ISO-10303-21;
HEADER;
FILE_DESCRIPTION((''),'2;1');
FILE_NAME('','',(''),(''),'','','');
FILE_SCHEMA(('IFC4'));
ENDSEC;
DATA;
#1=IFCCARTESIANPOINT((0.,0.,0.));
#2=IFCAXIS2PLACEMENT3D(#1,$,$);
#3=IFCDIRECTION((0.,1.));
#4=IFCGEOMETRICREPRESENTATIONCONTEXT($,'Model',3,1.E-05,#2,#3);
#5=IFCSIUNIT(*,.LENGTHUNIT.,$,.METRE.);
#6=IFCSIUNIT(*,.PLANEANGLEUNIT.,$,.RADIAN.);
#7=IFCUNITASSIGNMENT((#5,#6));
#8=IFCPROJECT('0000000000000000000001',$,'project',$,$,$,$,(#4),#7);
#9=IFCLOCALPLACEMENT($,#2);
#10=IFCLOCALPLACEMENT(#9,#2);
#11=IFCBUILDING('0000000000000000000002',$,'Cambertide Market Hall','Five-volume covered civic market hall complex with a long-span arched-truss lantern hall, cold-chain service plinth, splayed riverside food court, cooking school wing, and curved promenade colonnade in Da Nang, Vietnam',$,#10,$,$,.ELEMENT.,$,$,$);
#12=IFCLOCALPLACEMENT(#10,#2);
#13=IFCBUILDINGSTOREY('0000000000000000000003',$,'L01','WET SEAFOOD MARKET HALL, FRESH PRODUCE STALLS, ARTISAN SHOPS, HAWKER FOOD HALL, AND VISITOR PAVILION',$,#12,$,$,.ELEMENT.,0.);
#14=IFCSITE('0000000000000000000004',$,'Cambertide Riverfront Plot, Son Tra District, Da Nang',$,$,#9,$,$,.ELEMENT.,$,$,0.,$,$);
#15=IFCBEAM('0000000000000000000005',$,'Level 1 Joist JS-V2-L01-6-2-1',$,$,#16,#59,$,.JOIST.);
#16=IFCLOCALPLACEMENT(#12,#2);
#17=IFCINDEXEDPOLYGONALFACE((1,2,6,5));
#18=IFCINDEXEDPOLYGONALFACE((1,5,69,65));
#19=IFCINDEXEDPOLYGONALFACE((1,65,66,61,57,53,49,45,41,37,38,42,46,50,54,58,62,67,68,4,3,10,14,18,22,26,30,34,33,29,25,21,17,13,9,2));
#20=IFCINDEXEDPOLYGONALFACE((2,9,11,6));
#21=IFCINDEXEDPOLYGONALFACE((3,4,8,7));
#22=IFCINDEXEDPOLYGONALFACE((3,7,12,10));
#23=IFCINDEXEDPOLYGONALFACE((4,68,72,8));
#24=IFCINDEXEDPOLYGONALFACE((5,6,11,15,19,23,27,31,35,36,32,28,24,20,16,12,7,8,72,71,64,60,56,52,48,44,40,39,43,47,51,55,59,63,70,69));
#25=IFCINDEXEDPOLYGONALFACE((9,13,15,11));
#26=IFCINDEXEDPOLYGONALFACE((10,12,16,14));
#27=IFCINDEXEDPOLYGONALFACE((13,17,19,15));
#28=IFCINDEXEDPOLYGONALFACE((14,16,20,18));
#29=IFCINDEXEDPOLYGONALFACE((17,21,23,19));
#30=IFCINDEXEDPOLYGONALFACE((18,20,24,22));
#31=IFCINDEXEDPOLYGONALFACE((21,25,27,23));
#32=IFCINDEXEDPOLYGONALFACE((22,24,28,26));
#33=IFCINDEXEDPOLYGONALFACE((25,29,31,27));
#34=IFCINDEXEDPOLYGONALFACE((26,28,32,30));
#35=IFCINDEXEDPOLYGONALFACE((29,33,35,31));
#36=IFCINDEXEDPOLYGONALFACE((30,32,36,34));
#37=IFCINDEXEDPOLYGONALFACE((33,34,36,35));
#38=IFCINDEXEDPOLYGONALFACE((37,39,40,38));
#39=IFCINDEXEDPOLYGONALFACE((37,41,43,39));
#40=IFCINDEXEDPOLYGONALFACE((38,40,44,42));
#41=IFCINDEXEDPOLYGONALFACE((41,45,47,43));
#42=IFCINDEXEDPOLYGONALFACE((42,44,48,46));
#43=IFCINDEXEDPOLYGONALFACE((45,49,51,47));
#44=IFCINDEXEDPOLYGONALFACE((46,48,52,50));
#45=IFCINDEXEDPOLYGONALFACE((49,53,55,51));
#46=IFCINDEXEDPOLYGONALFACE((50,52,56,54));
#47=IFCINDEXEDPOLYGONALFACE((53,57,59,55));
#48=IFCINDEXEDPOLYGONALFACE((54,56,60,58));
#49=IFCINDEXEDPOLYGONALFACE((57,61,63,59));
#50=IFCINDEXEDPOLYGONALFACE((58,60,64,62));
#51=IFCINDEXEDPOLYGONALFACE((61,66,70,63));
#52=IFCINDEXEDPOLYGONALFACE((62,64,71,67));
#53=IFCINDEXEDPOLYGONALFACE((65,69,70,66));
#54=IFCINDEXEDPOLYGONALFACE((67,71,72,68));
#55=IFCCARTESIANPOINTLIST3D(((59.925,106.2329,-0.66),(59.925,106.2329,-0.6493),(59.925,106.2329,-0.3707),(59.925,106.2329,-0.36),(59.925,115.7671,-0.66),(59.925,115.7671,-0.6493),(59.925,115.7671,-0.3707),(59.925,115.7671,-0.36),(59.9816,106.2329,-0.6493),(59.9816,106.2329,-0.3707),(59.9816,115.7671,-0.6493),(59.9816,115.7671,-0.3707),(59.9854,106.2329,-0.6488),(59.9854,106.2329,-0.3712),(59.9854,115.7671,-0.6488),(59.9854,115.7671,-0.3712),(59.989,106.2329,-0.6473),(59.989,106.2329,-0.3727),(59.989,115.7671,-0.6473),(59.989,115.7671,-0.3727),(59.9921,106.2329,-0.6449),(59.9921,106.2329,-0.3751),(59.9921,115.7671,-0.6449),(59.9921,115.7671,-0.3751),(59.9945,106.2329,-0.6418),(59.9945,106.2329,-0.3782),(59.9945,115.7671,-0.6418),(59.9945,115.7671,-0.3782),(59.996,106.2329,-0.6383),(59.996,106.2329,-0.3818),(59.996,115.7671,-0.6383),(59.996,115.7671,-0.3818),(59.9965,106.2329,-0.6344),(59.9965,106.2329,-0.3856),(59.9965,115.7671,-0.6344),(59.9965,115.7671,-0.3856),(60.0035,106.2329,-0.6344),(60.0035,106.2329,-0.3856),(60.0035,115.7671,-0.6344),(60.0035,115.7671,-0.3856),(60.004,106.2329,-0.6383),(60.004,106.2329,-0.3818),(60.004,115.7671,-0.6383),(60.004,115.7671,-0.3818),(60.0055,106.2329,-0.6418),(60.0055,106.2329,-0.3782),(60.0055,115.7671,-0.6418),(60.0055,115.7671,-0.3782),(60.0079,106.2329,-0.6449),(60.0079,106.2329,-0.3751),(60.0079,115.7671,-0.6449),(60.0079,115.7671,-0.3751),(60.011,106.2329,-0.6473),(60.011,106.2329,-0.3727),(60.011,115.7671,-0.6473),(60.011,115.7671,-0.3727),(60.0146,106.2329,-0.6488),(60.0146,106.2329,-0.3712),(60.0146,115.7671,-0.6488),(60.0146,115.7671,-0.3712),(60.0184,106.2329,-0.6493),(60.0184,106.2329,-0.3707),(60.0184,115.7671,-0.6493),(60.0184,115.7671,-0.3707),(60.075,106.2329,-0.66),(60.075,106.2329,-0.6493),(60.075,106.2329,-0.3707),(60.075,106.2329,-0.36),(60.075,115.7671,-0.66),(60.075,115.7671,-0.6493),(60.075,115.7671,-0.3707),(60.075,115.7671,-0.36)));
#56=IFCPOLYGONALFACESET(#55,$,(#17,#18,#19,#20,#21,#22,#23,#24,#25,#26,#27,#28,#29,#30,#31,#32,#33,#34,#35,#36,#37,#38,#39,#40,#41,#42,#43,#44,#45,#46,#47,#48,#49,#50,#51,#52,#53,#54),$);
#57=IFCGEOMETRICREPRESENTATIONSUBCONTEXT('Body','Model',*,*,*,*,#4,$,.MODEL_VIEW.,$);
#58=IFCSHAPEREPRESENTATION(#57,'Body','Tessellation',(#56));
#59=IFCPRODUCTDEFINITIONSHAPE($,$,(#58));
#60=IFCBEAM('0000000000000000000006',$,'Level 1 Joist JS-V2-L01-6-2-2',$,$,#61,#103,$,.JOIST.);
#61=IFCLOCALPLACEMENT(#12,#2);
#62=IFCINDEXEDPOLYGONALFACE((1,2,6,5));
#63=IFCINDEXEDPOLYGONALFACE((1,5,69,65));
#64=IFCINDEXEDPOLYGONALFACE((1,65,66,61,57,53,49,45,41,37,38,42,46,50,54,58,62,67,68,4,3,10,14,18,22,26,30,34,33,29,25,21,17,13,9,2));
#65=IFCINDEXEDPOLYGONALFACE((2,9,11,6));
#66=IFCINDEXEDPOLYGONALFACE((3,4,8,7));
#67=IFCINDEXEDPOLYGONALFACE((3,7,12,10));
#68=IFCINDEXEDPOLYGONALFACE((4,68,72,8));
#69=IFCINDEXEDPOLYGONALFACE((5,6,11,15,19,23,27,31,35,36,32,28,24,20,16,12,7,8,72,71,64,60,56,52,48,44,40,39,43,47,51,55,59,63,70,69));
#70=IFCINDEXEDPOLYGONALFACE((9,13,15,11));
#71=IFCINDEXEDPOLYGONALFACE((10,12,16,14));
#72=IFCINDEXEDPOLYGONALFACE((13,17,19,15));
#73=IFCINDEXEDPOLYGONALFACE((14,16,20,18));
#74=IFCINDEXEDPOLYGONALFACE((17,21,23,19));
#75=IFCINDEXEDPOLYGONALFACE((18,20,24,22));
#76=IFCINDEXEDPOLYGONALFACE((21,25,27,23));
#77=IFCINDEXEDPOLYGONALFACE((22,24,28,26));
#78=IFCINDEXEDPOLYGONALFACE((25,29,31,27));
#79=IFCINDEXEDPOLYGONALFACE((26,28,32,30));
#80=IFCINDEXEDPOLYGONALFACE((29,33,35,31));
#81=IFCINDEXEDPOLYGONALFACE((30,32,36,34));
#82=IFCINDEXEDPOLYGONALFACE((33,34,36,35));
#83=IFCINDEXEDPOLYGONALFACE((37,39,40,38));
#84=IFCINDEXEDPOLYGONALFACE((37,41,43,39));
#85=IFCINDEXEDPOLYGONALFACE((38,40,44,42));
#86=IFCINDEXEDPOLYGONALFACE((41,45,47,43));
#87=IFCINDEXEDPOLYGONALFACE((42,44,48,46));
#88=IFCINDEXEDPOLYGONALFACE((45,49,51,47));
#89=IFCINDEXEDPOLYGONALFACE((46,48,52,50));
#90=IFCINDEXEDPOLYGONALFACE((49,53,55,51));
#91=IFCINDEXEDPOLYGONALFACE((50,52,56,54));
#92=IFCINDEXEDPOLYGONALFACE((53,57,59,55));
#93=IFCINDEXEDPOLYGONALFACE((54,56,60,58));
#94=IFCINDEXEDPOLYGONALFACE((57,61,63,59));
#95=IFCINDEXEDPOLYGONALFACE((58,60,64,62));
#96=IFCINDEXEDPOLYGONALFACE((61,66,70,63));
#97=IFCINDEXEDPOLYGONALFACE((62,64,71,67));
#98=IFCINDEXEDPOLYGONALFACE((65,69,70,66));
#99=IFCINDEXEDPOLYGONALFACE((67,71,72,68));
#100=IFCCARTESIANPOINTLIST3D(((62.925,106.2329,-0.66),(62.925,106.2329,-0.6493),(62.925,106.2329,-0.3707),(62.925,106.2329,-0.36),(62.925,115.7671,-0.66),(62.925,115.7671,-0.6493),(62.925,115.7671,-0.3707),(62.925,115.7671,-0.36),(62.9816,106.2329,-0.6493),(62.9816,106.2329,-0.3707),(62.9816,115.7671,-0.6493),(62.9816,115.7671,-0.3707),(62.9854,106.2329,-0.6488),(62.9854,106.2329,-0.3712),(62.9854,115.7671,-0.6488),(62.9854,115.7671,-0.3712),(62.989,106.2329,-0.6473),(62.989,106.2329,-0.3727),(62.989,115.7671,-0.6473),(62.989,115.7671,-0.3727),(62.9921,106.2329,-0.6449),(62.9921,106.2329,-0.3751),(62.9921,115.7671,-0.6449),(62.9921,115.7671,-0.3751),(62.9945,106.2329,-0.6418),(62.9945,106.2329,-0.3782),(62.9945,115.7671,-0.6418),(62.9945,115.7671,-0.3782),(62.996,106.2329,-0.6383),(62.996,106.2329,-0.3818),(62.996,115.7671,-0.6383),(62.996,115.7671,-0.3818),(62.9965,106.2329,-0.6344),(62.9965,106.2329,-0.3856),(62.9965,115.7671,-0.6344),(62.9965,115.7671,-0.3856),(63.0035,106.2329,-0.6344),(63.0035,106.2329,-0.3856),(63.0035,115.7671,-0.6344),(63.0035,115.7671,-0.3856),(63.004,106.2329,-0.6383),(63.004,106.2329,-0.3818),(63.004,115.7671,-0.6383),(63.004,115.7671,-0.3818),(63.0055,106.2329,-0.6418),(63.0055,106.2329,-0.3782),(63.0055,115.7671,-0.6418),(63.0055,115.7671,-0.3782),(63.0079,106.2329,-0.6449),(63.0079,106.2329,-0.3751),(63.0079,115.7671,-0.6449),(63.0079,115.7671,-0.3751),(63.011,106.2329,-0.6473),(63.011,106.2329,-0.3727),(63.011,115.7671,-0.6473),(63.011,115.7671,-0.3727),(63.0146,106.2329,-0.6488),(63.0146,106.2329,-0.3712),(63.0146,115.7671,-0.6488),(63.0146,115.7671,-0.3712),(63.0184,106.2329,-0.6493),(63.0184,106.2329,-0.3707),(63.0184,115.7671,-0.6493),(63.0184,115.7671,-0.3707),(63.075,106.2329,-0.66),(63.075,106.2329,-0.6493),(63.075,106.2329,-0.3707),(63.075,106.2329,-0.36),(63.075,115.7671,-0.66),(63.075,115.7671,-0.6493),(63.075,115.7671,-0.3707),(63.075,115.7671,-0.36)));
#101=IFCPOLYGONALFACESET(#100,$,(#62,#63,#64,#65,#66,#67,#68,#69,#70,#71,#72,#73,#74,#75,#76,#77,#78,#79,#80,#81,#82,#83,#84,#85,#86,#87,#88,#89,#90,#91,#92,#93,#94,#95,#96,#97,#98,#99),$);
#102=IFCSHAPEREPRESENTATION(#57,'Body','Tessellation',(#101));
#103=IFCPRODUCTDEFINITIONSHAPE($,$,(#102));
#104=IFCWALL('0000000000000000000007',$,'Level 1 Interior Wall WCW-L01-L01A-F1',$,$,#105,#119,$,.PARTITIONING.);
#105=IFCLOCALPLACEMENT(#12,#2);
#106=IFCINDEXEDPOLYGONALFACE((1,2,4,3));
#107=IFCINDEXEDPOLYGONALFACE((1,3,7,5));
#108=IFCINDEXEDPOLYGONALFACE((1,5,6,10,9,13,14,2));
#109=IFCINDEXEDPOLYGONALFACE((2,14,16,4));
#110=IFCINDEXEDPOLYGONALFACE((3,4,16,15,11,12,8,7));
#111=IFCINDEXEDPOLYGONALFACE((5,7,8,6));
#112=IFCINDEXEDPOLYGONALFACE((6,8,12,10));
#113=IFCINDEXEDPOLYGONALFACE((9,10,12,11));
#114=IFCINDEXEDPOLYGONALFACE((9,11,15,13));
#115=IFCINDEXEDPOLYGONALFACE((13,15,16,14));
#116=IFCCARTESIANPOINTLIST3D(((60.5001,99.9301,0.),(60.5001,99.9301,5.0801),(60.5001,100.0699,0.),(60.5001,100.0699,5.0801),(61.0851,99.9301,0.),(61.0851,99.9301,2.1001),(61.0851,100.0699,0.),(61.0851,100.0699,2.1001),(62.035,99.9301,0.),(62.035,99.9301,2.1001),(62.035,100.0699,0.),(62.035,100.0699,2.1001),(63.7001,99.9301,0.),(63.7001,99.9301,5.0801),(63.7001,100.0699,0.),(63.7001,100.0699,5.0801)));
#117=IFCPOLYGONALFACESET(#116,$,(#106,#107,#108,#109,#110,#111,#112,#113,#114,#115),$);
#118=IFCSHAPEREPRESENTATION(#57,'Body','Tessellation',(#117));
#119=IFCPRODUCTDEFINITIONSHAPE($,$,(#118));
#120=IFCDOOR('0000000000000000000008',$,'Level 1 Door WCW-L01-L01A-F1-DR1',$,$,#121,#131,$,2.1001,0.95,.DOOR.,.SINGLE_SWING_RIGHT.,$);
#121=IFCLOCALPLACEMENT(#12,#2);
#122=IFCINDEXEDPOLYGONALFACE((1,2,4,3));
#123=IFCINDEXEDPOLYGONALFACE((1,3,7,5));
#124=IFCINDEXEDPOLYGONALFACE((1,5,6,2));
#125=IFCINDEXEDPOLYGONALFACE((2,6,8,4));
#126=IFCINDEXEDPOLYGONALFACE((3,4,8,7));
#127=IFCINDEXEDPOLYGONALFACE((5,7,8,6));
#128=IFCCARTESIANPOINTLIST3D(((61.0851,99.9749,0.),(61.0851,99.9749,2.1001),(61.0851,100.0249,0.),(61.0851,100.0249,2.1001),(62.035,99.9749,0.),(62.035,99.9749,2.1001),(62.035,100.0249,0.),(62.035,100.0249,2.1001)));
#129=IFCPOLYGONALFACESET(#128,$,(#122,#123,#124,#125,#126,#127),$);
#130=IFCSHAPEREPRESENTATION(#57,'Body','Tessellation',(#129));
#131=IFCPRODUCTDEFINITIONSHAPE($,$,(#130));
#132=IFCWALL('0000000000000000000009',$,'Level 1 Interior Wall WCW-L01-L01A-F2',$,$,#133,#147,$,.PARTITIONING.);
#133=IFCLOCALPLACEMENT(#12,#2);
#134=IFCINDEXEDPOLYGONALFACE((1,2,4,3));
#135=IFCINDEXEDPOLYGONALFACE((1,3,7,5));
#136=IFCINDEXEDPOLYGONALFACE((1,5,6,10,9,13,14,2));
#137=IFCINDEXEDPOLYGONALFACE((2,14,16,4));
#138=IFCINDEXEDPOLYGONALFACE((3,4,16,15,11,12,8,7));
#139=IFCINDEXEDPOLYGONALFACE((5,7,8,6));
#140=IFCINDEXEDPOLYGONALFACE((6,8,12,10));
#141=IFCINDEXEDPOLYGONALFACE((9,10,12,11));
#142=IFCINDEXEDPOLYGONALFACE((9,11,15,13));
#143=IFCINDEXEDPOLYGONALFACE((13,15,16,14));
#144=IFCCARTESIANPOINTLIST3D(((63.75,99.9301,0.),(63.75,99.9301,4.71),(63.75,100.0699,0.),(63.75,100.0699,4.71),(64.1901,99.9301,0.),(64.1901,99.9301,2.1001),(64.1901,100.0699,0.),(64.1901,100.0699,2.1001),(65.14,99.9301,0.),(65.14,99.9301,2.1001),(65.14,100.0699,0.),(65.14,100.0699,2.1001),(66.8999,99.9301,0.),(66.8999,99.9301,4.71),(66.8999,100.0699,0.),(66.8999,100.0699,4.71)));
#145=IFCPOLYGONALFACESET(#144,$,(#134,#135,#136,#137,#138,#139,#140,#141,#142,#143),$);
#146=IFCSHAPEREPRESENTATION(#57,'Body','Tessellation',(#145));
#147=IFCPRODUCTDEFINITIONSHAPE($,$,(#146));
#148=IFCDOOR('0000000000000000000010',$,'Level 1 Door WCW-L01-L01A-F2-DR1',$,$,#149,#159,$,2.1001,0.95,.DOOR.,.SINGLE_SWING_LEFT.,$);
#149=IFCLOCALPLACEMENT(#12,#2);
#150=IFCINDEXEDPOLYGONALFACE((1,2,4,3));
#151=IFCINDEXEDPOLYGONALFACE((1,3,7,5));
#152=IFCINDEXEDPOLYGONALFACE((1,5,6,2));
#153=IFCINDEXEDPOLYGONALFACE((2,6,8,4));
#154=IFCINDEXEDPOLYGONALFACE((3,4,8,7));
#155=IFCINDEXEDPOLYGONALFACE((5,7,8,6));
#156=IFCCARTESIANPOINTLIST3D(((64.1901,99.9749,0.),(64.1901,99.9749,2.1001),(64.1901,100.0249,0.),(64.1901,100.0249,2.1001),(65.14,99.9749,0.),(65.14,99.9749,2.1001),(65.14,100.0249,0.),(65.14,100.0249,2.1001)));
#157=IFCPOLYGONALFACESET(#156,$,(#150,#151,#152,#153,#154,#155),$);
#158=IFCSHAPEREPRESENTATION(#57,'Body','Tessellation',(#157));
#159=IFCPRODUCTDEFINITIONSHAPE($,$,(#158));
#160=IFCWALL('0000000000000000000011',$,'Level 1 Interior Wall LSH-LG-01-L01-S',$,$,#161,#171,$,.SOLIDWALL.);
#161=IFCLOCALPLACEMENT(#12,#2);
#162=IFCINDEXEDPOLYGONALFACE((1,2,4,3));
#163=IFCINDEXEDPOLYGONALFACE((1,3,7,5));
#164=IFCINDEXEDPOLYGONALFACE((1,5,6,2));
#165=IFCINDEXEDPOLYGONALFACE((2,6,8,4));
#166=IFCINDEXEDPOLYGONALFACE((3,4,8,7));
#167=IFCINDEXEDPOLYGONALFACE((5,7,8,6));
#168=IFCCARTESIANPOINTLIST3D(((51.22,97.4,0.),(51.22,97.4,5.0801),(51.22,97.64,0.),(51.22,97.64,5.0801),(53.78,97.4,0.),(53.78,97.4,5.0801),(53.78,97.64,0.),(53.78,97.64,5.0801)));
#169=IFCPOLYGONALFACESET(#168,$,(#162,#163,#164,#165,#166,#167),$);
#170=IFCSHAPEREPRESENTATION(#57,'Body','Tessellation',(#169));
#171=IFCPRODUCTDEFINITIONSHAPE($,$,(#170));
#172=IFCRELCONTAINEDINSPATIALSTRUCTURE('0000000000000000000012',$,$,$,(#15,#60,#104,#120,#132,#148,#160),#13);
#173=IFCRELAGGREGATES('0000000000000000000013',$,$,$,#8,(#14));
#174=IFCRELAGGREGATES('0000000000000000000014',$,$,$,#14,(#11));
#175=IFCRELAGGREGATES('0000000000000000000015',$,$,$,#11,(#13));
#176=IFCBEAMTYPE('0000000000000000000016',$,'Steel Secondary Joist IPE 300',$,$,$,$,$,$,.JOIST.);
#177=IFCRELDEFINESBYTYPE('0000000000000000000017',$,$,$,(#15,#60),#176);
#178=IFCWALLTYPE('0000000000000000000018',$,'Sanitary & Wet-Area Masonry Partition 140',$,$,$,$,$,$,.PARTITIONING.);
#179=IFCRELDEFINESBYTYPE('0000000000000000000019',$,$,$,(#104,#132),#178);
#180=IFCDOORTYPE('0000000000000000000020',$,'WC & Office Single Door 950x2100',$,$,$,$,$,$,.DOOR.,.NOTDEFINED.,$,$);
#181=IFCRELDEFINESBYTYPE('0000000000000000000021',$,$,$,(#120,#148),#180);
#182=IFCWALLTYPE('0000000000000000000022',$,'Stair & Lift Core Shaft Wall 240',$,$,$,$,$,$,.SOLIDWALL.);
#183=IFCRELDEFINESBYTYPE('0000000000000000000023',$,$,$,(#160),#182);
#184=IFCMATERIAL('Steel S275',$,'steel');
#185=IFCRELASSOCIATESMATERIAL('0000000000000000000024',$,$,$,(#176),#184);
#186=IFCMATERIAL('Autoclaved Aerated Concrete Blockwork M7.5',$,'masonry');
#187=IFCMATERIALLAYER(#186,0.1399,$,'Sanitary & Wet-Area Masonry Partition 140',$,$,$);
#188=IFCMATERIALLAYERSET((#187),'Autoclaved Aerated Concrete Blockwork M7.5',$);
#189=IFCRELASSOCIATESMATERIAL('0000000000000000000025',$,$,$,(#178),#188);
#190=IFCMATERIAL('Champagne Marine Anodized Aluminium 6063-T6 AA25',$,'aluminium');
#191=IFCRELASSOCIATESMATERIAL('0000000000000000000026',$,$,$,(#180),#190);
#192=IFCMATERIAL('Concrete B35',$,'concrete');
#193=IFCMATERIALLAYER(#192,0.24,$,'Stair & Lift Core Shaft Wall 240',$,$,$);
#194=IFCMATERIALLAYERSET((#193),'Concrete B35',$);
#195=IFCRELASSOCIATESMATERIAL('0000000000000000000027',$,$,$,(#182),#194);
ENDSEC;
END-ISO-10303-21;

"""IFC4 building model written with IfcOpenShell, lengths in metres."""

from ifc_helpers import new_model, si_unit, direction, frame, frame_2d, origin, origin_2d, place, context, subcontext, project, spatial, rectangle, i_section, extrude, material, layer, layer_set, material_profile, profile_set, type_object, element, fill, save


model = new_model("IFC4")

# Units and contexts
model_context = context("Model", 3, precision=1e-05, world=origin(), true_north=direction((0.0, 1.0)))
body_context = subcontext(model_context, "Body", "Model", "MODEL_VIEW")
ifc_project = project(units=[si_unit("LENGTHUNIT", "METRE"), si_unit("PLANEANGLEUNIT", "RADIAN")], contexts=[model_context])

# Site, building, storey
site_placement = place(None, origin())
site = spatial("IfcSite", under=ifc_project, at=site_placement, Name="Cambertide Riverfront Plot, Son Tra District, Da Nang", CompositionType="ELEMENT", RefElevation=0.0)
building_placement = place(site_placement, origin())
building = spatial("IfcBuilding", under=site, at=building_placement, Name="Cambertide Market Hall", Description="Five-volume covered civic market hall complex with a long-span arched-truss lantern hall, cold-chain service plinth, splayed riverside food court, cooking school wing, and curved promenade colonnade in Da Nang, Vietnam", CompositionType="ELEMENT")
storey_placement = place(building_placement, origin())
storey = spatial("IfcBuildingStorey", under=building, at=storey_placement, Name="L01", Description="WET SEAFOOD MARKET HALL, FRESH PRODUCE STALLS, ARTISAN SHOPS, HAWKER FOOD HALL, AND VISITOR PAVILION", CompositionType="ELEMENT", Elevation=0.0)

# Beams
ifc_material_1 = material(Name="Steel S275", Category="steel")
ifc_material_profile_1 = material_profile(ifc_material_1, i_section(OverallWidth=0.1499, OverallDepth=0.3, WebThickness=0.0071, FlangeThickness=0.0107, FilletRadius=0.0149, at=origin_2d()), Name="IPE 300")
ifc_profile_set_1 = profile_set([ifc_material_profile_1], Name="Steel S275")
beam_type_1 = type_object("IfcBeamType", Name="Steel Secondary Joist IPE 300", PredefinedType="JOIST", material=ifc_profile_set_1)
for number, where, z_axis, x_axis, name in (
    (1, (60.0, 106.2329, -0.51), (0.0, 1.0, 0.0), (-1.0, 0.0, 0.0), "Level 1 Joist JS-V2-L01-6-2-1"),
    (2, (63.0, 106.2329, -0.51), (0.0, 1.0, 0.0), (-1.0, 0.0, 0.0), "Level 1 Joist JS-V2-L01-6-2-2"),
):
    element("IfcBeam", number, at=place(storey_placement, frame(where, z_axis=z_axis, x_axis=x_axis)), inside=storey, type_object=beam_type_1, Name=name, PredefinedType="JOIST", context=body_context, shape_type="SweptSolid", body=[
        extrude(i_section(OverallWidth=0.1499, OverallDepth=0.3, WebThickness=0.0071, FlangeThickness=0.0107, FilletRadius=0.0149, at=origin_2d()), origin(), (0.0, 0.0, 1.0), 9.5342),
    ])

# Walls, openings, doors
ifc_material_2 = material(Name="Autoclaved Aerated Concrete Blockwork M7.5", Category="masonry")
ifc_layer_1 = layer(ifc_material_2, 0.1399, Name="Sanitary & Wet-Area Masonry Partition 140")
ifc_layer_set_1 = layer_set([ifc_layer_1], Name="Autoclaved Aerated Concrete Blockwork M7.5")
wall_type_1 = type_object("IfcWallType", Name="Sanitary & Wet-Area Masonry Partition 140", PredefinedType="PARTITIONING", material=ifc_layer_set_1)
wall_1_placement = place(storey_placement, frame((60.5, 100.0, 0.0), z_axis=(0.0, 0.0, 1.0), x_axis=(1.0, 0.0, 0.0)))
wall_1 = element("IfcWall", 3, at=wall_1_placement, inside=storey, type_object=wall_type_1, Name="Level 1 Interior Wall WCW-L01-L01A-F1", PredefinedType="PARTITIONING", context=body_context, shape_type="SweptSolid", body=[
    extrude(rectangle(XDim=3.2, YDim=0.1399, at=frame_2d((1.6001, 0.0))), origin(), (0.0, 0.0, 1.0), 5.0801),
])
opening_1_placement = place(wall_1_placement, frame((0.585, 0.0, 0.0)))
opening_1 = element("IfcOpeningElement", 4, at=opening_1_placement, cuts=wall_1, PredefinedType="OPENING", context=body_context, shape_type="SweptSolid", body=[
    extrude(rectangle(XDim=0.95, YDim=2.1001, at=frame_2d((0.4751, 1.05))), frame((0.0, 0.0798, 0.0), z_axis=(0.0, -1.0, 0.0), x_axis=(1.0, 0.0, 0.0)), (0.0, 0.0, 1.0), 0.1599),
])
ifc_material_3 = material(Name="Champagne Marine Anodized Aluminium 6063-T6 AA25", Category="aluminium")
door_type_1 = type_object("IfcDoorType", Name="WC & Office Single Door 950x2100", OperationType="NOTDEFINED", PredefinedType="DOOR", material=ifc_material_3)
door_1_placement = place(opening_1_placement, origin())
door_1 = element("IfcDoor", 5, at=door_1_placement, inside=storey, type_object=door_type_1, Name="Level 1 Door WCW-L01-L01A-F1-DR1", OperationType="SINGLE_SWING_RIGHT", OverallHeight=2.1001, OverallWidth=0.95, PredefinedType="DOOR", context=body_context, shape_type="SweptSolid", body=[
    extrude(rectangle(XDim=0.95, YDim=2.1001, at=frame_2d((0.4751, 1.05))), frame((0.0, 0.0249, 0.0), z_axis=(0.0, -1.0, 0.0), x_axis=(1.0, 0.0, 0.0)), (0.0, 0.0, 1.0), 0.05),
])
fill(opening_1, door_1)
wall_2_placement = place(storey_placement, frame((63.75, 100.0, 0.0), z_axis=(0.0, 0.0, 1.0), x_axis=(1.0, 0.0, 0.0)))
wall_2 = element("IfcWall", 6, at=wall_2_placement, inside=storey, type_object=wall_type_1, Name="Level 1 Interior Wall WCW-L01-L01A-F2", PredefinedType="PARTITIONING", context=body_context, shape_type="SweptSolid", body=[
    extrude(rectangle(XDim=3.1499, YDim=0.1399, at=frame_2d((1.575, 0.0))), origin(), (0.0, 0.0, 1.0), 4.71),
])
opening_2_placement = place(wall_2_placement, frame((0.4399, 0.0, 0.0)))
opening_2 = element("IfcOpeningElement", 7, at=opening_2_placement, cuts=wall_2, PredefinedType="OPENING", context=body_context, shape_type="SweptSolid", body=[
    extrude(rectangle(XDim=0.95, YDim=2.1001, at=frame_2d((0.4751, 1.05))), frame((0.0, 0.0798, 0.0), z_axis=(0.0, -1.0, 0.0), x_axis=(1.0, 0.0, 0.0)), (0.0, 0.0, 1.0), 0.1599),
])
door_2_placement = place(opening_2_placement, origin())
door_2 = element("IfcDoor", 8, at=door_2_placement, inside=storey, type_object=door_type_1, Name="Level 1 Door WCW-L01-L01A-F2-DR1", OperationType="SINGLE_SWING_LEFT", OverallHeight=2.1001, OverallWidth=0.95, PredefinedType="DOOR", context=body_context, shape_type="SweptSolid", body=[
    extrude(rectangle(XDim=0.95, YDim=2.1001, at=frame_2d((0.4751, 1.05))), frame((0.0, 0.0249, 0.0), z_axis=(0.0, -1.0, 0.0), x_axis=(1.0, 0.0, 0.0)), (0.0, 0.0, 1.0), 0.05),
])
fill(opening_2, door_2)

# Wall
ifc_material_4 = material(Name="Concrete B35", Category="concrete")
ifc_layer_2 = layer(ifc_material_4, 0.24, Name="Stair & Lift Core Shaft Wall 240")
ifc_layer_set_2 = layer_set([ifc_layer_2], Name="Concrete B35")
wall_type_2 = type_object("IfcWallType", Name="Stair & Lift Core Shaft Wall 240", PredefinedType="SOLIDWALL", material=ifc_layer_set_2)
wall_3_placement = place(storey_placement, frame((53.78, 97.52, 0.0), z_axis=(0.0, 0.0, 1.0), x_axis=(-1.0, 0.0, 0.0)))
element("IfcWall", 9, at=wall_3_placement, inside=storey, type_object=wall_type_2, Name="Level 1 Interior Wall LSH-LG-01-L01-S", PredefinedType="SOLIDWALL", context=body_context, shape_type="SweptSolid", body=[
    extrude(rectangle(XDim=2.5601, YDim=0.24, at=frame_2d((1.28, 0.0))), origin(), (0.0, 0.0, 1.0), 5.0801),
])

save(model, "model.ifc")
